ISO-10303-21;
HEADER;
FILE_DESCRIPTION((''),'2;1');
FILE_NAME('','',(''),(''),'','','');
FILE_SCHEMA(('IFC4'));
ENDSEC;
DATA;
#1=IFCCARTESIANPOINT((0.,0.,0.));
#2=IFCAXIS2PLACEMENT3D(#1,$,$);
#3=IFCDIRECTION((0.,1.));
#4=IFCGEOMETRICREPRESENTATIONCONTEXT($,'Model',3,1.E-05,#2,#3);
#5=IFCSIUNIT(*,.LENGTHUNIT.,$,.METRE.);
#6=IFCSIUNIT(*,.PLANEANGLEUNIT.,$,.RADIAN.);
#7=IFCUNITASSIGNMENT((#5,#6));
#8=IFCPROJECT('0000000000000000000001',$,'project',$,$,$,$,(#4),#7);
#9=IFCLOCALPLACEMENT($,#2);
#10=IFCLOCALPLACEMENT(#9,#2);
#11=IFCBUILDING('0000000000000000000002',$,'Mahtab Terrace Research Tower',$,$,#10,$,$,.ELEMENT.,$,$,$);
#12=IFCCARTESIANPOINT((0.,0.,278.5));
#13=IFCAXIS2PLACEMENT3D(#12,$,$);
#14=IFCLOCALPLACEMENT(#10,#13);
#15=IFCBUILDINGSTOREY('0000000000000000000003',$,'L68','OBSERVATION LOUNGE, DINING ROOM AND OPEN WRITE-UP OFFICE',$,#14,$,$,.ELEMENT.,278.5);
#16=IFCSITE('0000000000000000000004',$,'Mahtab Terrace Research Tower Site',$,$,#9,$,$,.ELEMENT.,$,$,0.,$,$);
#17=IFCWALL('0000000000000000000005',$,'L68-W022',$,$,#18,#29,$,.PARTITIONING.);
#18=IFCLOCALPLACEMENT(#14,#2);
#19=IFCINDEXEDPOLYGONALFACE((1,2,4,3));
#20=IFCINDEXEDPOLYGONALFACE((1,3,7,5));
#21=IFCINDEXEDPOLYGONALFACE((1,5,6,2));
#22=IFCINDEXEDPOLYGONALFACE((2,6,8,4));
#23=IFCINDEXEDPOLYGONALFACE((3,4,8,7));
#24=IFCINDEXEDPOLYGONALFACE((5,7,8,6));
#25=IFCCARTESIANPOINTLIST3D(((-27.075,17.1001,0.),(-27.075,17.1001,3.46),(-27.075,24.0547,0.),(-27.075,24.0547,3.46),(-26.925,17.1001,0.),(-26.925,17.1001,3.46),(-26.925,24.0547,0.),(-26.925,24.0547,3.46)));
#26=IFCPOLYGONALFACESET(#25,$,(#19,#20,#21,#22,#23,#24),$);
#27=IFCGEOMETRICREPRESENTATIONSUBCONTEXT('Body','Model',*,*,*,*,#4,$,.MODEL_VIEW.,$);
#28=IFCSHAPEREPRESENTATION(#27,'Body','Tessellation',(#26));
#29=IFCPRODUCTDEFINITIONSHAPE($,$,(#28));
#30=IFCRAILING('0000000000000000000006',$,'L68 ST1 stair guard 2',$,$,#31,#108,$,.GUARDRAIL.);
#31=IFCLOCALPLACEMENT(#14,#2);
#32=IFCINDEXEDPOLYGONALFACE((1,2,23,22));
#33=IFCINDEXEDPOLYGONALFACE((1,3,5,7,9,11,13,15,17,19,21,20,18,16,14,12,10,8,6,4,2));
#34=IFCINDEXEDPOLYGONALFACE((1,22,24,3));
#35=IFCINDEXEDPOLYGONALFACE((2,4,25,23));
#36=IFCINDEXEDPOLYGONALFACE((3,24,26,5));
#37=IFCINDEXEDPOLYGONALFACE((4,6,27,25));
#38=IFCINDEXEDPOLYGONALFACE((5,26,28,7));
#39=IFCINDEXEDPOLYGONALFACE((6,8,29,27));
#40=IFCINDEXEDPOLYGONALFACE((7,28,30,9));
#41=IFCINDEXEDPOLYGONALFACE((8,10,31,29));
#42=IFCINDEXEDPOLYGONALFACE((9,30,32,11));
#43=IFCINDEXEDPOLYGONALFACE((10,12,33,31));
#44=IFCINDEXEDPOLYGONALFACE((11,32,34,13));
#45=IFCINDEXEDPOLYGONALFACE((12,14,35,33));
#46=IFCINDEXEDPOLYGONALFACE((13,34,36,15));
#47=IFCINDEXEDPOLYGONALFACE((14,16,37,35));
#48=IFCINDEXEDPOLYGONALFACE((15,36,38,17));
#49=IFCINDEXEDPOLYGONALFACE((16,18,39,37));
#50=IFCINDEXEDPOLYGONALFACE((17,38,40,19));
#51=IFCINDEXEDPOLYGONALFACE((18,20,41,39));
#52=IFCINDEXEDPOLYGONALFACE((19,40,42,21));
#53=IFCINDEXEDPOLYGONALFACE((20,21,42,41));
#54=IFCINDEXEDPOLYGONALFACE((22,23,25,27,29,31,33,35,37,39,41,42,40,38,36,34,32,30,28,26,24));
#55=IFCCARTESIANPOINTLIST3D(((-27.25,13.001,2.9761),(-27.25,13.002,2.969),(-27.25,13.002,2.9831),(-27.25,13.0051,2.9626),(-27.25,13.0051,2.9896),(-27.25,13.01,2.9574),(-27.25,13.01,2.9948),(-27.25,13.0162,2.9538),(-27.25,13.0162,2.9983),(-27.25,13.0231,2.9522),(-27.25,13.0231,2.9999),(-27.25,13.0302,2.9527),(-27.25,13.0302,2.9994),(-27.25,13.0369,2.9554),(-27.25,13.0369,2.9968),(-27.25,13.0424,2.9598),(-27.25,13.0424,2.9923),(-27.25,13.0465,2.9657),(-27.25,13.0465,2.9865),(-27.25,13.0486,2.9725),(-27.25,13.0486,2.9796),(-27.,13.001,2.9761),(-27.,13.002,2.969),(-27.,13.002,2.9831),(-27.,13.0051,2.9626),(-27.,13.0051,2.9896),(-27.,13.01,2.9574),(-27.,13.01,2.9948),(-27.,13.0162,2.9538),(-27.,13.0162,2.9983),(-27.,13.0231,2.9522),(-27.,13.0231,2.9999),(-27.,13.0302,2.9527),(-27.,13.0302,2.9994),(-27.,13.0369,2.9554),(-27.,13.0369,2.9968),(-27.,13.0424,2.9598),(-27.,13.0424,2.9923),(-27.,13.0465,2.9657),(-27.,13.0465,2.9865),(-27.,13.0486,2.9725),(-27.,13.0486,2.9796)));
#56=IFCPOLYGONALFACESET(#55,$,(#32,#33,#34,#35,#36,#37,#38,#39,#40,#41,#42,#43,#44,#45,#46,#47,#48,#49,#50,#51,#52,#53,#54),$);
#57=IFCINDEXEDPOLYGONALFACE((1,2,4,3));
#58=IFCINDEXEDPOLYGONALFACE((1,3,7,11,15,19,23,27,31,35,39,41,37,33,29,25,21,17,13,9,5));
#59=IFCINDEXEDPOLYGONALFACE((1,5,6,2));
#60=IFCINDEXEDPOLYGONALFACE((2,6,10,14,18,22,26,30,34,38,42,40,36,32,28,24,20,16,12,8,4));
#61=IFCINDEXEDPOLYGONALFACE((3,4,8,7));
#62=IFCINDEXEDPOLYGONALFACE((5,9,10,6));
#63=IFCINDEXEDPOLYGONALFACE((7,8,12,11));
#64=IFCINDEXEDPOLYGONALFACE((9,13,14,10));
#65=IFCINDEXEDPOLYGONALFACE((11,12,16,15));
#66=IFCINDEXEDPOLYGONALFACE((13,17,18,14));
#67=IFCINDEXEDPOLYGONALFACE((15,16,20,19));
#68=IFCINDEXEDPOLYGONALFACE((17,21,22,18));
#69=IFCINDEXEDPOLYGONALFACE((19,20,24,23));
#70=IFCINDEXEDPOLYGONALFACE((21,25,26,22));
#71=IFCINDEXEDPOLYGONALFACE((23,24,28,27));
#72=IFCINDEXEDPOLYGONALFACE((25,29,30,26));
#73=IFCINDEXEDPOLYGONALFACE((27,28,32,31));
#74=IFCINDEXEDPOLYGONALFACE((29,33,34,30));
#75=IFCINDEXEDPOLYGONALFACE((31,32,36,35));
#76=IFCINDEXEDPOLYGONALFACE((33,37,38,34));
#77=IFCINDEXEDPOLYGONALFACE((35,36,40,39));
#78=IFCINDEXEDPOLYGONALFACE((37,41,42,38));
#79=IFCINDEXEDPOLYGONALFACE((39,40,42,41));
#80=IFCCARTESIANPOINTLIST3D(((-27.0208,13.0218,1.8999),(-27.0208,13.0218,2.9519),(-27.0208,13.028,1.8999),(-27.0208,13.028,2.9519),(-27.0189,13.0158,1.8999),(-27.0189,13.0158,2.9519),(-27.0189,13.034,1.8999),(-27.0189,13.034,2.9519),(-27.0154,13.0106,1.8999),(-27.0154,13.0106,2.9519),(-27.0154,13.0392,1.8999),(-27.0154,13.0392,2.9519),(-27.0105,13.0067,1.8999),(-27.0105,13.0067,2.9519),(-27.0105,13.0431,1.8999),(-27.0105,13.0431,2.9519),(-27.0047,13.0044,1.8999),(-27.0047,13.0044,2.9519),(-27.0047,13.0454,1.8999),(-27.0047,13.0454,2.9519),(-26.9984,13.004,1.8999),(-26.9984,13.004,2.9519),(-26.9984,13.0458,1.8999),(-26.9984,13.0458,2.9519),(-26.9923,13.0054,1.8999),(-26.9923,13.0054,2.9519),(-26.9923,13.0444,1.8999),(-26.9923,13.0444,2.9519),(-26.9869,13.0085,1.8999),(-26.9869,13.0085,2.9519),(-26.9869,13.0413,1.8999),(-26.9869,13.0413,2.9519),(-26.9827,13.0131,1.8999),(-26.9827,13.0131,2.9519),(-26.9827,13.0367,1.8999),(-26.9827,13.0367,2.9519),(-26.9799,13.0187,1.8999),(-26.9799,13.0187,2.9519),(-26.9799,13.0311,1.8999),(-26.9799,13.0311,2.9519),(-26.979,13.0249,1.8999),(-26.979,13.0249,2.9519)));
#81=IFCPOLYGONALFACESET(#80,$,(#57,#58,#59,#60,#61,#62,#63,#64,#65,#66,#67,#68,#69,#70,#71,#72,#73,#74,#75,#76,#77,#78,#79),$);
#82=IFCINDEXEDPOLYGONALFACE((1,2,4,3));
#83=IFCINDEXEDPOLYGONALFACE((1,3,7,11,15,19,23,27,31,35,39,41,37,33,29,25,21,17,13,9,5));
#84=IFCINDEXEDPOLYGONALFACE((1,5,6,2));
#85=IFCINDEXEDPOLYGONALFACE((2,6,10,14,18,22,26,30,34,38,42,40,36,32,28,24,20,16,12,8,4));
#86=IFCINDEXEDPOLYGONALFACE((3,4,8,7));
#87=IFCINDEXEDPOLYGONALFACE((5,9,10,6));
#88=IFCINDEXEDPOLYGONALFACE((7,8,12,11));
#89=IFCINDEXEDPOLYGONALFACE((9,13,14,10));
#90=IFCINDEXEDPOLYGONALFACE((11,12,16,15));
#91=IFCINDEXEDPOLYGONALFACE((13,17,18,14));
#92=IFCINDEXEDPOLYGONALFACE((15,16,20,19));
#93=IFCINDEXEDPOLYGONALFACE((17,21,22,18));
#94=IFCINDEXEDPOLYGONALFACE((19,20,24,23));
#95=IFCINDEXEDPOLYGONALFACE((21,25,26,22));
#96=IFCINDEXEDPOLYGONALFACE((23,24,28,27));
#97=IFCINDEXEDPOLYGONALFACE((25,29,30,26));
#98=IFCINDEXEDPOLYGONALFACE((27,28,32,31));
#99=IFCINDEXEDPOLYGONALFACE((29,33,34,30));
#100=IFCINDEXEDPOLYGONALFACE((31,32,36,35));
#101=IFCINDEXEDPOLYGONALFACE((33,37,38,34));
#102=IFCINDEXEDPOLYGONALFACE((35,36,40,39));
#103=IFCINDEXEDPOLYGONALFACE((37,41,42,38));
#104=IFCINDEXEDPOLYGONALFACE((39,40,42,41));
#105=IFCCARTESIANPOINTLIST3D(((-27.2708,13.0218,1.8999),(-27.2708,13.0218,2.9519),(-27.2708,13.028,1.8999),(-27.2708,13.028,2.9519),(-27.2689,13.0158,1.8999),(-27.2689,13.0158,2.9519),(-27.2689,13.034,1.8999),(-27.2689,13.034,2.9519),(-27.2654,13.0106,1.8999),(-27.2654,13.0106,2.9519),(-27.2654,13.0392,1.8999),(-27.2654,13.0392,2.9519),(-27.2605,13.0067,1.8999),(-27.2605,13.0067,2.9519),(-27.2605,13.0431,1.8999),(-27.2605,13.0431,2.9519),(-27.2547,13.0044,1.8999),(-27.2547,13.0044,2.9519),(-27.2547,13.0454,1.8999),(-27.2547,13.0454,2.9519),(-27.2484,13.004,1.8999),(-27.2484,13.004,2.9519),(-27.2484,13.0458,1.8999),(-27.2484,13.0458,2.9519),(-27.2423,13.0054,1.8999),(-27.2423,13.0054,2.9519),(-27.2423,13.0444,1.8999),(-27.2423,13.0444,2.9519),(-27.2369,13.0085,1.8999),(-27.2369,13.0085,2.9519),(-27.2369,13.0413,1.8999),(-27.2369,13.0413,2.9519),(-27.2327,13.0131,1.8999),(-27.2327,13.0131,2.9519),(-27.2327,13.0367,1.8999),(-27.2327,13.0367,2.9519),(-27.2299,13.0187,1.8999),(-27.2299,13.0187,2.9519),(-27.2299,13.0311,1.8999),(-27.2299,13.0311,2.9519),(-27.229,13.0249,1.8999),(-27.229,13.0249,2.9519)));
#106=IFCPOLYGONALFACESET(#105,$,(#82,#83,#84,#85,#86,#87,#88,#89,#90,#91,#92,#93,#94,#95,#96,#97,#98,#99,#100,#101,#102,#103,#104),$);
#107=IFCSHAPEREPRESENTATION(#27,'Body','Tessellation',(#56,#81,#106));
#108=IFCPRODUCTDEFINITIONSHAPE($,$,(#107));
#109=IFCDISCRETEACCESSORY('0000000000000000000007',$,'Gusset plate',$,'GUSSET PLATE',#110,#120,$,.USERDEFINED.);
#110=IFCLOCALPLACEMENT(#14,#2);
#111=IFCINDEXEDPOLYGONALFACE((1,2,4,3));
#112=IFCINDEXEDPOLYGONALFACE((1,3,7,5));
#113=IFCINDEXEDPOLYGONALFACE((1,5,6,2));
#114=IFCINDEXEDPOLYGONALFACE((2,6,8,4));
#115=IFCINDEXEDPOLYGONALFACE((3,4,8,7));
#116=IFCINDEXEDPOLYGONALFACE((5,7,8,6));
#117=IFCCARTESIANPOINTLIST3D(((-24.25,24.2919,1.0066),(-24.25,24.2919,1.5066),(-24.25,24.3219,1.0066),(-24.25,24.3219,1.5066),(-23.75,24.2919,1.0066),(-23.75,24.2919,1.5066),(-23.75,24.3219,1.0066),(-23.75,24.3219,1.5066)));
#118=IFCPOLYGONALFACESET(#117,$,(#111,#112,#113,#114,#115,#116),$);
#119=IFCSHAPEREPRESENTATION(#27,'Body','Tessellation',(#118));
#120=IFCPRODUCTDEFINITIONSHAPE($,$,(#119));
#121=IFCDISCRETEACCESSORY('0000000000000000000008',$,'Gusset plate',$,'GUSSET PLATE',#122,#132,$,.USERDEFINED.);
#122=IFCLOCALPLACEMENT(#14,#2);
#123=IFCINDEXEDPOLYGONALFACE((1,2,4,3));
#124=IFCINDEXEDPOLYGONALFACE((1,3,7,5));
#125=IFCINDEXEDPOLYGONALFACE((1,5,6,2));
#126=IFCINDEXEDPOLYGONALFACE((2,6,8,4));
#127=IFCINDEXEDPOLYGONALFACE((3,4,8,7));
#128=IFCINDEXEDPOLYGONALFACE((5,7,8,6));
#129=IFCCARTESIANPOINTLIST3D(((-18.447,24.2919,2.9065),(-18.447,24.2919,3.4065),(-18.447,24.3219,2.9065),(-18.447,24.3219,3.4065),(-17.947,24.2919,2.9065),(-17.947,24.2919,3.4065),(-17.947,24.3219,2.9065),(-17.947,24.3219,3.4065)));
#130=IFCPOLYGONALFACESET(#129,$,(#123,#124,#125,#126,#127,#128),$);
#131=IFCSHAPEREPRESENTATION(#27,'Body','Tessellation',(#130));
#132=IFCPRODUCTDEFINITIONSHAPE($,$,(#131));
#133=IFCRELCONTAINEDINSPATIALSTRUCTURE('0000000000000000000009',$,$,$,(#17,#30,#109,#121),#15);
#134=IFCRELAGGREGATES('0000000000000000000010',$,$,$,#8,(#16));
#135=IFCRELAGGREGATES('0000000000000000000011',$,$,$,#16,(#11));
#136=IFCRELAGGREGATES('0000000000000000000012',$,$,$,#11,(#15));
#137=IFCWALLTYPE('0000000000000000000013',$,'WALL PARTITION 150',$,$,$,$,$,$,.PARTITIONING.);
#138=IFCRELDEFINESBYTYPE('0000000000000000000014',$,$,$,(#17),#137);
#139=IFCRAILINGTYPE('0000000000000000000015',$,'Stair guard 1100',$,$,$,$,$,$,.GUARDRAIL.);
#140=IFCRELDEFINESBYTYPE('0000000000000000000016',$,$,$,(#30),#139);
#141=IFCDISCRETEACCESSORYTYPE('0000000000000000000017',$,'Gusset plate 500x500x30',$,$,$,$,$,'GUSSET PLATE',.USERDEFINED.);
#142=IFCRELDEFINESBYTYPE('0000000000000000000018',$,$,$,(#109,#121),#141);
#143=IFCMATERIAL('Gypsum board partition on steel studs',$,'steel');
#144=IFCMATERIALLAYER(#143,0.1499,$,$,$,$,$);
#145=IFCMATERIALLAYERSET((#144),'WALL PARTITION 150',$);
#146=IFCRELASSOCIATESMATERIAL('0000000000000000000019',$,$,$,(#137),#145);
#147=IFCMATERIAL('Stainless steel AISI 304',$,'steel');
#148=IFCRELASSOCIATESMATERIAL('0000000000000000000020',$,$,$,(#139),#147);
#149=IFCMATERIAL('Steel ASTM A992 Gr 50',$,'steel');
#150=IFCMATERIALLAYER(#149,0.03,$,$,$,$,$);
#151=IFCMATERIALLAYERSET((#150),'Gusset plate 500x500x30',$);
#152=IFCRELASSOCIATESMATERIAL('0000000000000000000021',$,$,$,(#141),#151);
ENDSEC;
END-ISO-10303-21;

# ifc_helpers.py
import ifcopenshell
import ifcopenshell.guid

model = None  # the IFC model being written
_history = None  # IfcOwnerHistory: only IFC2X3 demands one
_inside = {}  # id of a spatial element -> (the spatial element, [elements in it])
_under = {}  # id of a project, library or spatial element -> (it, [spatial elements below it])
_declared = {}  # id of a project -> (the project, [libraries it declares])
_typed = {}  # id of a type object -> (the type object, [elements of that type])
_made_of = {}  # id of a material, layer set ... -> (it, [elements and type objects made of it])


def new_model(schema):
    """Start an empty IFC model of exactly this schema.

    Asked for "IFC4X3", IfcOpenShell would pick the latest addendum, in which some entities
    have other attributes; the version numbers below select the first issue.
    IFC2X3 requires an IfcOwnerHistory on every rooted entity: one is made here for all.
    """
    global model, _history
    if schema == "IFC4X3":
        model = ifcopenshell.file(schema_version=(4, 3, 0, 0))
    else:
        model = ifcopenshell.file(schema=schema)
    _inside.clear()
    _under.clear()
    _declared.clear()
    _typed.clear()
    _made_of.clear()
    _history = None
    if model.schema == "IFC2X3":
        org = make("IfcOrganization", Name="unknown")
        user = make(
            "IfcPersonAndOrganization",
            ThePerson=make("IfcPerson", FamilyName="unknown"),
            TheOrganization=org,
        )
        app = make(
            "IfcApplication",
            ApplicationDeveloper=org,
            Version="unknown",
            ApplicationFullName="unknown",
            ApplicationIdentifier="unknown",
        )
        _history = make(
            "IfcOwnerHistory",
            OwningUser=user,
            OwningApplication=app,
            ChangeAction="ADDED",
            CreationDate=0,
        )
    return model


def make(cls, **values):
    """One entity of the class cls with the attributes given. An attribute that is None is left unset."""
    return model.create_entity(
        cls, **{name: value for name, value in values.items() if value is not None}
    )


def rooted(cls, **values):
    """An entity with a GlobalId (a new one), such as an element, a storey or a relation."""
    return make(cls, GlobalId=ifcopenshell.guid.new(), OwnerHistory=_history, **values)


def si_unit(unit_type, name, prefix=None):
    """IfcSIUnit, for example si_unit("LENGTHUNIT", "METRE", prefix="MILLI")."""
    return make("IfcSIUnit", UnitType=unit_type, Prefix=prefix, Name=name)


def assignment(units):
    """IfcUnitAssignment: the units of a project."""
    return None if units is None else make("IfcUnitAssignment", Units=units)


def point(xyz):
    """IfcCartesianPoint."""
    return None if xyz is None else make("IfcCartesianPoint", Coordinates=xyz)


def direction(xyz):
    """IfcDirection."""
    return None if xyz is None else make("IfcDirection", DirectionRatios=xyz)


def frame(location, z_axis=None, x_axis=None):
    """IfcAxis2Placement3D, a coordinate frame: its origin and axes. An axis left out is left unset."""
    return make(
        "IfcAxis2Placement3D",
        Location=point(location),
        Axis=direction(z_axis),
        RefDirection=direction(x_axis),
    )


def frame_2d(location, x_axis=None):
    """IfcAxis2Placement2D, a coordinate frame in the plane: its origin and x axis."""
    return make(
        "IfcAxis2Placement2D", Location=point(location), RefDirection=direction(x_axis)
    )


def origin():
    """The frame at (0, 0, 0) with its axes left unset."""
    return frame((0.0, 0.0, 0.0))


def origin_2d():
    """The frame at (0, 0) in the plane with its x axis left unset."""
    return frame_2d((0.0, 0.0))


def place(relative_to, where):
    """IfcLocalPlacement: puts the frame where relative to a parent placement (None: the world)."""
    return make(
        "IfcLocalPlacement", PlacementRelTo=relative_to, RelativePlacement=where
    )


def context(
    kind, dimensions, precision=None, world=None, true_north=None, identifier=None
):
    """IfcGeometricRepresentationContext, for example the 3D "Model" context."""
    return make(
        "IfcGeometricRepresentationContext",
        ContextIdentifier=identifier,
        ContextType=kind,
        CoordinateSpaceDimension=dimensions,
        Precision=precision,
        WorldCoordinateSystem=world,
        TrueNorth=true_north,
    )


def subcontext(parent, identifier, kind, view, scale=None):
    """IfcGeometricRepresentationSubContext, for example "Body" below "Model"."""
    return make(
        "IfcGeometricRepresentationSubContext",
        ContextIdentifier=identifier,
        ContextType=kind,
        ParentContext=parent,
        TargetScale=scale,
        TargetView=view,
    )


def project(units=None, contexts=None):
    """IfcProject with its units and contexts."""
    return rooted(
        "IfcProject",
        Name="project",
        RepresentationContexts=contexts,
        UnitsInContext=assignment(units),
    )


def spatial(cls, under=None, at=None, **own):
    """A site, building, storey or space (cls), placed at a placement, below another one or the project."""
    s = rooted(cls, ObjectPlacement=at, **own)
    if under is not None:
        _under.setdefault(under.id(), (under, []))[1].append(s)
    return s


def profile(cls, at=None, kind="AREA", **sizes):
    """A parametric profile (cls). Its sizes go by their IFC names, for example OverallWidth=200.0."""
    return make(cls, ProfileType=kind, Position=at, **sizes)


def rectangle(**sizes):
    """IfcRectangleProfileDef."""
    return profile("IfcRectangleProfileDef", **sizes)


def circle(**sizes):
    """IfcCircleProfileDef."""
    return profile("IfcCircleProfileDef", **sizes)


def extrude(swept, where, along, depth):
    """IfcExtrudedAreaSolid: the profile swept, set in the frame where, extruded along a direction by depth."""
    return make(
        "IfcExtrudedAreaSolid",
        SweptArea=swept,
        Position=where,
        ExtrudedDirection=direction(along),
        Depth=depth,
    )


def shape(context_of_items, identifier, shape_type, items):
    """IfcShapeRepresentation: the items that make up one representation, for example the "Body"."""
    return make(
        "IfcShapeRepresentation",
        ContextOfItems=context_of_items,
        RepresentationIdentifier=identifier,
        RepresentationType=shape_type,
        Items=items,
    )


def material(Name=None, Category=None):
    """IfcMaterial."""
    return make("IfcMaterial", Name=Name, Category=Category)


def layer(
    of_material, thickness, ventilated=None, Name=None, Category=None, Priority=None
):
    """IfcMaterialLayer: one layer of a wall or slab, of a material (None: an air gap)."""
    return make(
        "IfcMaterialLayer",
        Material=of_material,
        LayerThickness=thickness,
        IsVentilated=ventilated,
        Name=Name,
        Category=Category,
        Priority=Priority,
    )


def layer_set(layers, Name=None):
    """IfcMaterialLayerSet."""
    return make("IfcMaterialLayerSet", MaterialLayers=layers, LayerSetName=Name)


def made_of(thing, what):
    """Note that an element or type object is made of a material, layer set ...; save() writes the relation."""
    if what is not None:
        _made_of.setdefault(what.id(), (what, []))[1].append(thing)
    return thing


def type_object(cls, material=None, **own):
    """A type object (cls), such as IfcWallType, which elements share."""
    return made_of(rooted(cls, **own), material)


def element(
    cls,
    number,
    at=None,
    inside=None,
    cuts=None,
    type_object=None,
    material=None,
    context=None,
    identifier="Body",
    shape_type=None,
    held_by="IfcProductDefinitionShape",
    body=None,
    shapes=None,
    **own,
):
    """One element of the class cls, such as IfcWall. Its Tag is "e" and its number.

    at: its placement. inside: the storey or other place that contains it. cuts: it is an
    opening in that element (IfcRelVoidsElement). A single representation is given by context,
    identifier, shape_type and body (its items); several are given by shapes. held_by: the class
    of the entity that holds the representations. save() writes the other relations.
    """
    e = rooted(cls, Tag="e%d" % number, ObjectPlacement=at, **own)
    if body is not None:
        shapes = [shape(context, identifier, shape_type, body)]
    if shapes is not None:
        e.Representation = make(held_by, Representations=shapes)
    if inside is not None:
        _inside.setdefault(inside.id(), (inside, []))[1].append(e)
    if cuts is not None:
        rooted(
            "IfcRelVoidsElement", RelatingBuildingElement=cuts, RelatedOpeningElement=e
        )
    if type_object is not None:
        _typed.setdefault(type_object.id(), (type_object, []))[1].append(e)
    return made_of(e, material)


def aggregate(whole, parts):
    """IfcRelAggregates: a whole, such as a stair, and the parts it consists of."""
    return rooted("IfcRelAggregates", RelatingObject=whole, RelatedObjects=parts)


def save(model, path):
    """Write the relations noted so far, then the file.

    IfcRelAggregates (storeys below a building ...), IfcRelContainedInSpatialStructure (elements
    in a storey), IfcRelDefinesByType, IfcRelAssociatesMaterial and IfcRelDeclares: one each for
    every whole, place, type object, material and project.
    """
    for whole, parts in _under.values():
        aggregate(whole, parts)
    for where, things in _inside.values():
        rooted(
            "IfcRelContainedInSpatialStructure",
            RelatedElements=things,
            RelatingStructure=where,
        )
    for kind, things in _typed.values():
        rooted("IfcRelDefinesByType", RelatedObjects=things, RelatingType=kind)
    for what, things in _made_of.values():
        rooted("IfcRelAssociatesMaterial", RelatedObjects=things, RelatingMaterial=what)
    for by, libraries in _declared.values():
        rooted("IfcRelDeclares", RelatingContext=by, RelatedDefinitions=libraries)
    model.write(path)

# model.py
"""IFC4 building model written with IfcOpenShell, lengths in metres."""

from ifc_helpers import new_model, si_unit, direction, frame, frame_2d, origin, origin_2d, place, context, subcontext, project, spatial, rectangle, circle, extrude, material, layer, layer_set, type_object, element, save


model = new_model("IFC4")

# Units and contexts
model_context = context("Model", 3, precision=1e-05, world=origin(), true_north=direction((0.0, 1.0)))
body_context = subcontext(model_context, "Body", "Model", "MODEL_VIEW")
ifc_project = project(units=[si_unit("LENGTHUNIT", "METRE"), si_unit("PLANEANGLEUNIT", "RADIAN")], contexts=[model_context])

# Site, building, storey
site_placement = place(None, origin())
site = spatial("IfcSite", under=ifc_project, at=site_placement, Name="Mahtab Terrace Research Tower Site", CompositionType="ELEMENT", RefElevation=0.0)
building_placement = place(site_placement, origin())
building = spatial("IfcBuilding", under=site, at=building_placement, Name="Mahtab Terrace Research Tower", CompositionType="ELEMENT")
storey_placement = place(building_placement, frame((0.0, 0.0, 278.5)))
storey = spatial("IfcBuildingStorey", under=building, at=storey_placement, Name="L68", Description="OBSERVATION LOUNGE, DINING ROOM AND OPEN WRITE-UP OFFICE", CompositionType="ELEMENT", Elevation=278.5)

# Shared definitions
ifc_material_1 = material(Name="Steel ASTM A992 Gr 50", Category="steel")

# Wall
ifc_material_2 = material(Name="Gypsum board partition on steel studs", Category="steel")
ifc_layer_1 = layer(ifc_material_2, 0.1499)
ifc_layer_set_1 = layer_set([ifc_layer_1], Name="WALL PARTITION 150")
wall_type_1 = type_object("IfcWallType", Name="WALL PARTITION 150", PredefinedType="PARTITIONING", material=ifc_layer_set_1)
wall_1_placement = place(storey_placement, frame((-27.0, 17.1001, 0.0), z_axis=(0.0, 0.0, 1.0), x_axis=(0.0, 1.0, 0.0)))
element("IfcWall", 1, at=wall_1_placement, inside=storey, type_object=wall_type_1, Name="L68-W022", PredefinedType="PARTITIONING", context=body_context, shape_type="SweptSolid", body=[
    extrude(rectangle(XDim=6.9546, YDim=0.1499, at=frame_2d((3.4773, 0.0))), origin(), (0.0, 0.0, 1.0), 3.46),
])

# Railing
ifc_material_3 = material(Name="Stainless steel AISI 304", Category="steel")
railing_type = type_object("IfcRailingType", Name="Stair guard 1100", PredefinedType="GUARDRAIL", material=ifc_material_3)
railing_placement = place(storey_placement, frame((-27.0, 13.0249, 1.8999)))
element("IfcRailing", 2, at=railing_placement, inside=storey, type_object=railing_type, Name="L68 ST1 stair guard 2", PredefinedType="GUARDRAIL", context=body_context, shape_type="SweptSolid", body=[
    extrude(circle(Radius=0.0239, at=origin_2d()), frame((0.0, 0.0, 1.0762), z_axis=(-1.0, 0.0, 0.0), x_axis=(0.0, -1.0, 0.0)), (0.0, 0.0, 1.0), 0.25),
    extrude(circle(Radius=0.021, at=origin_2d()), origin(), (0.0, 0.0, 1.0), 1.052),
    extrude(circle(Radius=0.021, at=origin_2d()), frame((-0.25, 0.0, 0.0)), (0.0, 0.0, 1.0), 1.052),
])

# Discrete accessories
ifc_layer_2 = layer(ifc_material_1, 0.03)
ifc_layer_set_2 = layer_set([ifc_layer_2], Name="Gusset plate 500x500x30")
discrete_accessory_type = type_object("IfcDiscreteAccessoryType", Name="Gusset plate 500x500x30", ElementType="GUSSET PLATE", PredefinedType="USERDEFINED", material=ifc_layer_set_2)
for number, where, z_axis, x_axis, name in (
    (3, (-24.0, 24.3069, 1.0066), (0.0, 0.0, 1.0), (1.0, 0.0, 0.0), "Gusset plate"),
    (4, (-18.197, 24.3069, 2.9065), (0.0, 0.0, 1.0), (1.0, 0.0, 0.0), "Gusset plate"),
):
    element("IfcDiscreteAccessory", number, at=place(storey_placement, frame(where, z_axis=z_axis, x_axis=x_axis)), inside=storey, type_object=discrete_accessory_type, Name=name, ObjectType="GUSSET PLATE", PredefinedType="USERDEFINED", context=body_context, shape_type="SweptSolid", body=[
        extrude(rectangle(XDim=0.5, YDim=0.03, at=origin_2d()), origin(), (0.0, 0.0, 1.0), 0.5),
    ])

save(model, "model.ifc")
